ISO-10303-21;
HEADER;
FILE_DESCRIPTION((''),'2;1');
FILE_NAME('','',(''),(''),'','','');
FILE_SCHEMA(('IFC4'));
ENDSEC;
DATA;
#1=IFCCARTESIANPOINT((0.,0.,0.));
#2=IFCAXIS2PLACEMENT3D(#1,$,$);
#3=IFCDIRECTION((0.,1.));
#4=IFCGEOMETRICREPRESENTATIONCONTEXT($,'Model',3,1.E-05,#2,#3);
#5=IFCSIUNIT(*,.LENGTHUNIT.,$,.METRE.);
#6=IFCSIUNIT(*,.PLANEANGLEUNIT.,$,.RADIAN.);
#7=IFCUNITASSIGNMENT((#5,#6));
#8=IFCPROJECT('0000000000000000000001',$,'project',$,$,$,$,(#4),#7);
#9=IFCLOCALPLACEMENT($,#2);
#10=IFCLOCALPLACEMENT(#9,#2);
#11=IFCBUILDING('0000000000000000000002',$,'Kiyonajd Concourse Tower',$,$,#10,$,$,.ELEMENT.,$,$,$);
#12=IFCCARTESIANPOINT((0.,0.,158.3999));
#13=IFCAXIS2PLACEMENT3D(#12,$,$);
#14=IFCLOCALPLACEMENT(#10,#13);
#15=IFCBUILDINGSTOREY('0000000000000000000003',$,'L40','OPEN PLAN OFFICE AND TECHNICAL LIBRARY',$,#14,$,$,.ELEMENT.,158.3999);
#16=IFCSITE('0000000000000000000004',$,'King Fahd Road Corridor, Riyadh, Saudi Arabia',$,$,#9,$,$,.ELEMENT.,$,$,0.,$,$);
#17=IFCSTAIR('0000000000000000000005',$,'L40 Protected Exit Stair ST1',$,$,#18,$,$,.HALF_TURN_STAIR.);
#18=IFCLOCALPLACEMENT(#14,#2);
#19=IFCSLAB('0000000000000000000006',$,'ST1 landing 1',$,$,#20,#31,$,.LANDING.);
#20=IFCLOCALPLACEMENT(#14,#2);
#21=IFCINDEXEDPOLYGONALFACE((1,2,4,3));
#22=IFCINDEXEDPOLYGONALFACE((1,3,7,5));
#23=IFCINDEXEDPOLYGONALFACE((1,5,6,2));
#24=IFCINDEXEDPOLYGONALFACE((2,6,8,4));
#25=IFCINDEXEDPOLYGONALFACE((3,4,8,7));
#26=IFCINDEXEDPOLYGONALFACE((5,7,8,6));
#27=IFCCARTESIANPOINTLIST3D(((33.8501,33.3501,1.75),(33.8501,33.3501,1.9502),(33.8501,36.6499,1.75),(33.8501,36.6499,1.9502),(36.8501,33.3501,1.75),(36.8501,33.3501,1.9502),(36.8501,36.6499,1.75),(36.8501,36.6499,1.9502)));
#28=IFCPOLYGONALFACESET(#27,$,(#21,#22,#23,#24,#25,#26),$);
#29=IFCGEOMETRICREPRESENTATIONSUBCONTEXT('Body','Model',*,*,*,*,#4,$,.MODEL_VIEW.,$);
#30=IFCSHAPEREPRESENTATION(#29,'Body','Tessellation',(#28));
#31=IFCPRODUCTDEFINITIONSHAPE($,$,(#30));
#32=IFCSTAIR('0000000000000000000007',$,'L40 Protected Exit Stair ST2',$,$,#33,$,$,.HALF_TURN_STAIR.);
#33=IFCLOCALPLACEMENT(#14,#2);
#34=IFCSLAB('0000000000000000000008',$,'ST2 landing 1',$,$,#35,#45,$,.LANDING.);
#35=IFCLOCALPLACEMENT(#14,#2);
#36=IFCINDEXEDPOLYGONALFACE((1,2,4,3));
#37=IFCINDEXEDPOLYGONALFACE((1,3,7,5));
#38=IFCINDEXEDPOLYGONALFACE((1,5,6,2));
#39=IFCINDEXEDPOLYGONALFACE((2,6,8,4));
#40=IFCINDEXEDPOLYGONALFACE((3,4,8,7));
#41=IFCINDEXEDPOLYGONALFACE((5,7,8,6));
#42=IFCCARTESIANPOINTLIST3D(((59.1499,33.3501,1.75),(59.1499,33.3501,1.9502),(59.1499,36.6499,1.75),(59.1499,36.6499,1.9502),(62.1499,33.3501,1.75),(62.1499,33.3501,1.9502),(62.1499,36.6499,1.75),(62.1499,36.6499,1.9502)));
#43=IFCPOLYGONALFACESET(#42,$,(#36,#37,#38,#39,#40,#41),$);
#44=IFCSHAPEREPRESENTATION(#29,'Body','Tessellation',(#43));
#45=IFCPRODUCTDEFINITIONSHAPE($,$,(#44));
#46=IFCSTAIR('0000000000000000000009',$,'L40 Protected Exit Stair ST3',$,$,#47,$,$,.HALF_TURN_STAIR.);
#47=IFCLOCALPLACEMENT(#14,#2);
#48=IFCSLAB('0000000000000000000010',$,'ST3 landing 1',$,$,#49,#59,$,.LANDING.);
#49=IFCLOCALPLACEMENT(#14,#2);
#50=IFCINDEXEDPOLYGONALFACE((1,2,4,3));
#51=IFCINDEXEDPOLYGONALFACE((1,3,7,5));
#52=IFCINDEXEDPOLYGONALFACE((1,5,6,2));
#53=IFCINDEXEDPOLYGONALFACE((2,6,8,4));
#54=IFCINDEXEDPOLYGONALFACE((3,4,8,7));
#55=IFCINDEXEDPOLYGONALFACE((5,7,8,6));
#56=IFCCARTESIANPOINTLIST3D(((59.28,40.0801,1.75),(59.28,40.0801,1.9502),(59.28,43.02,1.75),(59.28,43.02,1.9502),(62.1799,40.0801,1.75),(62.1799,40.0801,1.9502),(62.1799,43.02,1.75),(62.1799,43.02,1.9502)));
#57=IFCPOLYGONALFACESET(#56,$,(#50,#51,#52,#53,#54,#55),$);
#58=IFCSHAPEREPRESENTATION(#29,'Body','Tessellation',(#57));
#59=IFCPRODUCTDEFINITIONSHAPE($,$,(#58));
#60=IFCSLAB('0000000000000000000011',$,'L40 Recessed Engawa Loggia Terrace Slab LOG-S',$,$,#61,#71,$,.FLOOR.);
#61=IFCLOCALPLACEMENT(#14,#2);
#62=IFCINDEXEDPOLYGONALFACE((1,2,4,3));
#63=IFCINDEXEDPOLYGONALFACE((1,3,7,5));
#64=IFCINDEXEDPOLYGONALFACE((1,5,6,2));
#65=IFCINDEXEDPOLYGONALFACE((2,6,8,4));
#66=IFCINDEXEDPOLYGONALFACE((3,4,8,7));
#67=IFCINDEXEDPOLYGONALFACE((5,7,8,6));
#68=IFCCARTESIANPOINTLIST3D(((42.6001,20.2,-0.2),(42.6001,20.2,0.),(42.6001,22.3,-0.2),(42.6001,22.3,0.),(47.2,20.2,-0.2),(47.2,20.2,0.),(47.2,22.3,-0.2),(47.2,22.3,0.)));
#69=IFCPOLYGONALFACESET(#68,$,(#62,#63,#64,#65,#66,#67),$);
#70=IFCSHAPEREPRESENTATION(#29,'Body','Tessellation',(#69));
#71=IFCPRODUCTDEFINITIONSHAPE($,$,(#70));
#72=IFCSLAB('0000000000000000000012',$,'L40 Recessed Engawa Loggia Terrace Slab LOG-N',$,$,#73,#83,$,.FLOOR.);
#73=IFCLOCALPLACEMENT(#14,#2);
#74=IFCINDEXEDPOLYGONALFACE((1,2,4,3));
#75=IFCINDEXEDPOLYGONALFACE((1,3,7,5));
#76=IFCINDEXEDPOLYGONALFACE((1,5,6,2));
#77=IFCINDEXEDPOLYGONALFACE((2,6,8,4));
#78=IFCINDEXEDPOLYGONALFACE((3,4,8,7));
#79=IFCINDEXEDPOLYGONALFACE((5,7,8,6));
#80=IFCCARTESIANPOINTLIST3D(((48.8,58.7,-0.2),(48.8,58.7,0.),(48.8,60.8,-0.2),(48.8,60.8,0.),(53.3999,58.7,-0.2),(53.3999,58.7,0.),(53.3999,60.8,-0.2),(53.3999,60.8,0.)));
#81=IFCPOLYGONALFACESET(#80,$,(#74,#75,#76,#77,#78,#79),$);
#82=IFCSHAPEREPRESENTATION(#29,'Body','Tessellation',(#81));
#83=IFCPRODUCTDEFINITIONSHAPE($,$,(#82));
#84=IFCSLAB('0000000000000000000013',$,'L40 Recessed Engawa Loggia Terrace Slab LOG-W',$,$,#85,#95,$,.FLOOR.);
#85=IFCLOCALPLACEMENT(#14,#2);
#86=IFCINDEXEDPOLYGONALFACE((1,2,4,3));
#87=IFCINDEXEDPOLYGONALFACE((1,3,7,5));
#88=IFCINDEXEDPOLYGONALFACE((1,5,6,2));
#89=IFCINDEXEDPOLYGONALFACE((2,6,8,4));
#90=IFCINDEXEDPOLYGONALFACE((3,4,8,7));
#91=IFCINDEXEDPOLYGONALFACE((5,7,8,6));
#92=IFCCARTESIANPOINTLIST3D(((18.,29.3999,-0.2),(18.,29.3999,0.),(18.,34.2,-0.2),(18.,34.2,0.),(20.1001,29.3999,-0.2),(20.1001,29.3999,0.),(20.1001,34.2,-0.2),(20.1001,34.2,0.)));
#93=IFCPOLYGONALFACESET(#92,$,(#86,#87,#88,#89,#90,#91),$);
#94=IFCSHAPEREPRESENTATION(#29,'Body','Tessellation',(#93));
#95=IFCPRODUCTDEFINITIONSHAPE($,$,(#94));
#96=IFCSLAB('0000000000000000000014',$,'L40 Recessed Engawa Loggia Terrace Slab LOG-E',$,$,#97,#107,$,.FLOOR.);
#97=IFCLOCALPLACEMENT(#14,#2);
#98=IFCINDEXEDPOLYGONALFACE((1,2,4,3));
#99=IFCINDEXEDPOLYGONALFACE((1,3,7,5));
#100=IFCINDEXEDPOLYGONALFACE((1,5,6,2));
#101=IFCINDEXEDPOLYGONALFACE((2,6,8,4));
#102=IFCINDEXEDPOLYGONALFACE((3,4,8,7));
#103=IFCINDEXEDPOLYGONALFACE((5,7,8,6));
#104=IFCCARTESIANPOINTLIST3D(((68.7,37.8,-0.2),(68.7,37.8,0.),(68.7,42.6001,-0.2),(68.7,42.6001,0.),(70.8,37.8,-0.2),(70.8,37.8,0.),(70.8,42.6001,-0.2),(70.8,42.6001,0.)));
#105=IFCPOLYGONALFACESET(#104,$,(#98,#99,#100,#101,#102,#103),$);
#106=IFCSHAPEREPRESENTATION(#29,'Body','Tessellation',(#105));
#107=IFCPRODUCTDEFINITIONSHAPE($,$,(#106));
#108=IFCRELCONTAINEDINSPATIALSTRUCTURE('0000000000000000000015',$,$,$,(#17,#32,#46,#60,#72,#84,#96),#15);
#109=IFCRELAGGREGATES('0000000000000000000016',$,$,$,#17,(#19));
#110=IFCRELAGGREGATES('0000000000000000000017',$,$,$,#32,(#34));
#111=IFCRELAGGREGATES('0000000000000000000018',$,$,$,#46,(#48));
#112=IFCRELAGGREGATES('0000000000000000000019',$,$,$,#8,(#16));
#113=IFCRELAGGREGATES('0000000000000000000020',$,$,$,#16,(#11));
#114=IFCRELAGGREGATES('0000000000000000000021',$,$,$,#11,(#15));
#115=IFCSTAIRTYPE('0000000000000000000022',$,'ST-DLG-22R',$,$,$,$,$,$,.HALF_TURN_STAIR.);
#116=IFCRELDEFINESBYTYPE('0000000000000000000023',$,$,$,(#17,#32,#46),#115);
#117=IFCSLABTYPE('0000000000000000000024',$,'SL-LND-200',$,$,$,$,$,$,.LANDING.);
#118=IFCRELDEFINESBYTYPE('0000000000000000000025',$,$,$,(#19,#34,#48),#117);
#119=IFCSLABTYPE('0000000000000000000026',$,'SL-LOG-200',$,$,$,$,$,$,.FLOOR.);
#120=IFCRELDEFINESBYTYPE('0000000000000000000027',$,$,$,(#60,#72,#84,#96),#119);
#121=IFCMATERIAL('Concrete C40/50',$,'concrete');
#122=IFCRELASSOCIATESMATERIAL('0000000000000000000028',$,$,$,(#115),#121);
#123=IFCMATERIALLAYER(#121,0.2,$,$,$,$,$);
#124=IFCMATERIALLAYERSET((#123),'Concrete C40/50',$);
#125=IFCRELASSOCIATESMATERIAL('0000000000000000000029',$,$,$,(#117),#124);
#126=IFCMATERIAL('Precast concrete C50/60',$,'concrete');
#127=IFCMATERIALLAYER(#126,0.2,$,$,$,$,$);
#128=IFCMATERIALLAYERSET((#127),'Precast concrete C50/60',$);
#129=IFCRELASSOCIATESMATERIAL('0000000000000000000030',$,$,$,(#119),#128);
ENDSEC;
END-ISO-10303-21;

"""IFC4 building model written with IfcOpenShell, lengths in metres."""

from ifc_helpers import new_model, si_unit, direction, frame, origin, place, context, subcontext, project, spatial, polyline, outline, extrude, material, layer, layer_set, type_object, element, aggregate, save


model = new_model("IFC4")

# Units and contexts
model_context = context("Model", 3, precision=1e-05, world=origin(), true_north=direction((0.0, 1.0)))
body_context = subcontext(model_context, "Body", "Model", "MODEL_VIEW")
ifc_project = project(units=[si_unit("LENGTHUNIT", "METRE"), si_unit("PLANEANGLEUNIT", "RADIAN")], contexts=[model_context])

# Site, building, storey
site_placement = place(None, origin())
site = spatial("IfcSite", under=ifc_project, at=site_placement, Name="King Fahd Road Corridor, Riyadh, Saudi Arabia", CompositionType="ELEMENT", RefElevation=0.0)
building_placement = place(site_placement, origin())
building = spatial("IfcBuilding", under=site, at=building_placement, Name="Kiyonajd Concourse Tower", CompositionType="ELEMENT")
storey_placement = place(building_placement, frame((0.0, 0.0, 158.3999)))
storey = spatial("IfcBuildingStorey", under=building, at=storey_placement, Name="L40", Description="OPEN PLAN OFFICE AND TECHNICAL LIBRARY", CompositionType="ELEMENT", Elevation=158.3999)

# Stairs, slabs
ifc_material_1 = material(Name="Concrete C40/50", Category="concrete")
stair_type = type_object("IfcStairType", Name="ST-DLG-22R", PredefinedType="HALF_TURN_STAIR", material=ifc_material_1)
stair_1_placement = place(storey_placement, origin())
stair_1 = element("IfcStair", 1, at=stair_1_placement, inside=storey, type_object=stair_type, Name="L40 Protected Exit Stair ST1", PredefinedType="HALF_TURN_STAIR")
ifc_layer_1 = layer(ifc_material_1, 0.2)
ifc_layer_set_1 = layer_set([ifc_layer_1], Name="Concrete C40/50")
slab_type_1 = type_object("IfcSlabType", Name="SL-LND-200", PredefinedType="LANDING", material=ifc_layer_set_1)
slab_1_placement = place(storey_placement, frame((0.0, 0.0, 1.75)))
slab_1 = element("IfcSlab", 2, at=slab_1_placement, type_object=slab_type_1, Name="ST1 landing 1", PredefinedType="LANDING", context=body_context, shape_type="SweptSolid", body=[
    extrude(outline(polyline([(36.8501, 33.3501), (36.8501, 36.6499), (33.8501, 36.6499), (33.8501, 33.3501), (36.8501, 33.3501)])), origin(), (0.0, 0.0, 1.0), 0.2002),
])
aggregate(stair_1, [slab_1])
stair_2_placement = place(storey_placement, origin())
stair_2 = element("IfcStair", 3, at=stair_2_placement, inside=storey, type_object=stair_type, Name="L40 Protected Exit Stair ST2", PredefinedType="HALF_TURN_STAIR")
slab_2_placement = place(storey_placement, frame((0.0, 0.0, 1.75)))
slab_2 = element("IfcSlab", 4, at=slab_2_placement, type_object=slab_type_1, Name="ST2 landing 1", PredefinedType="LANDING", context=body_context, shape_type="SweptSolid", body=[
    extrude(outline(polyline([(62.1499, 33.3501), (62.1499, 36.6499), (59.1499, 36.6499), (59.1499, 33.3501), (62.1499, 33.3501)])), origin(), (0.0, 0.0, 1.0), 0.2002),
])
aggregate(stair_2, [slab_2])
stair_3_placement = place(storey_placement, origin())
stair_3 = element("IfcStair", 5, at=stair_3_placement, inside=storey, type_object=stair_type, Name="L40 Protected Exit Stair ST3", PredefinedType="HALF_TURN_STAIR")
slab_3_placement = place(storey_placement, frame((0.0, 0.0, 1.75)))
slab_3 = element("IfcSlab", 6, at=slab_3_placement, type_object=slab_type_1, Name="ST3 landing 1", PredefinedType="LANDING", context=body_context, shape_type="SweptSolid", body=[
    extrude(outline(polyline([(59.28, 40.0801), (62.1799, 40.0801), (62.1799, 43.02), (59.28, 43.02), (59.28, 40.0801)])), origin(), (0.0, 0.0, 1.0), 0.2002),
])
aggregate(stair_3, [slab_3])

# Slabs
ifc_material_2 = material(Name="Precast concrete C50/60", Category="concrete")
ifc_layer_2 = layer(ifc_material_2, 0.2)
ifc_layer_set_2 = layer_set([ifc_layer_2], Name="Precast concrete C50/60")
slab_type_2 = type_object("IfcSlabType", Name="SL-LOG-200", PredefinedType="FLOOR", material=ifc_layer_set_2)
slab_4_placement = place(storey_placement, frame((0.0, 0.0, -0.2)))
element("IfcSlab", 7, at=slab_4_placement, inside=storey, type_object=slab_type_2, Name="L40 Recessed Engawa Loggia Terrace Slab LOG-S", PredefinedType="FLOOR", context=body_context, shape_type="SweptSolid", body=[
    extrude(outline(polyline([(42.6001, 20.2), (47.2, 20.2), (47.2, 22.3), (42.6001, 22.3), (42.6001, 20.2)])), origin(), (0.0, 0.0, 1.0), 0.2),
])
slab_5_placement = place(storey_placement, frame((0.0, 0.0, -0.2)))
element("IfcSlab", 8, at=slab_5_placement, inside=storey, type_object=slab_type_2, Name="L40 Recessed Engawa Loggia Terrace Slab LOG-N", PredefinedType="FLOOR", context=body_context, shape_type="SweptSolid", body=[
    extrude(outline(polyline([(48.8, 58.7), (53.3999, 58.7), (53.3999, 60.8), (48.8, 60.8), (48.8, 58.7)])), origin(), (0.0, 0.0, 1.0), 0.2),
])
slab_6_placement = place(storey_placement, frame((0.0, 0.0, -0.2)))
element("IfcSlab", 9, at=slab_6_placement, inside=storey, type_object=slab_type_2, Name="L40 Recessed Engawa Loggia Terrace Slab LOG-W", PredefinedType="FLOOR", context=body_context, shape_type="SweptSolid", body=[
    extrude(outline(polyline([(18.0, 29.3999), (20.1001, 29.3999), (20.1001, 34.2), (18.0, 34.2), (18.0, 29.3999)])), origin(), (0.0, 0.0, 1.0), 0.2),
])
slab_7_placement = place(storey_placement, frame((0.0, 0.0, -0.2)))
element("IfcSlab", 10, at=slab_7_placement, inside=storey, type_object=slab_type_2, Name="L40 Recessed Engawa Loggia Terrace Slab LOG-E", PredefinedType="FLOOR", context=body_context, shape_type="SweptSolid", body=[
    extrude(outline(polyline([(68.7, 37.8), (70.8, 37.8), (70.8, 42.6001), (68.7, 42.6001), (68.7, 37.8)])), origin(), (0.0, 0.0, 1.0), 0.2),
])

save(model, "model.ifc")
